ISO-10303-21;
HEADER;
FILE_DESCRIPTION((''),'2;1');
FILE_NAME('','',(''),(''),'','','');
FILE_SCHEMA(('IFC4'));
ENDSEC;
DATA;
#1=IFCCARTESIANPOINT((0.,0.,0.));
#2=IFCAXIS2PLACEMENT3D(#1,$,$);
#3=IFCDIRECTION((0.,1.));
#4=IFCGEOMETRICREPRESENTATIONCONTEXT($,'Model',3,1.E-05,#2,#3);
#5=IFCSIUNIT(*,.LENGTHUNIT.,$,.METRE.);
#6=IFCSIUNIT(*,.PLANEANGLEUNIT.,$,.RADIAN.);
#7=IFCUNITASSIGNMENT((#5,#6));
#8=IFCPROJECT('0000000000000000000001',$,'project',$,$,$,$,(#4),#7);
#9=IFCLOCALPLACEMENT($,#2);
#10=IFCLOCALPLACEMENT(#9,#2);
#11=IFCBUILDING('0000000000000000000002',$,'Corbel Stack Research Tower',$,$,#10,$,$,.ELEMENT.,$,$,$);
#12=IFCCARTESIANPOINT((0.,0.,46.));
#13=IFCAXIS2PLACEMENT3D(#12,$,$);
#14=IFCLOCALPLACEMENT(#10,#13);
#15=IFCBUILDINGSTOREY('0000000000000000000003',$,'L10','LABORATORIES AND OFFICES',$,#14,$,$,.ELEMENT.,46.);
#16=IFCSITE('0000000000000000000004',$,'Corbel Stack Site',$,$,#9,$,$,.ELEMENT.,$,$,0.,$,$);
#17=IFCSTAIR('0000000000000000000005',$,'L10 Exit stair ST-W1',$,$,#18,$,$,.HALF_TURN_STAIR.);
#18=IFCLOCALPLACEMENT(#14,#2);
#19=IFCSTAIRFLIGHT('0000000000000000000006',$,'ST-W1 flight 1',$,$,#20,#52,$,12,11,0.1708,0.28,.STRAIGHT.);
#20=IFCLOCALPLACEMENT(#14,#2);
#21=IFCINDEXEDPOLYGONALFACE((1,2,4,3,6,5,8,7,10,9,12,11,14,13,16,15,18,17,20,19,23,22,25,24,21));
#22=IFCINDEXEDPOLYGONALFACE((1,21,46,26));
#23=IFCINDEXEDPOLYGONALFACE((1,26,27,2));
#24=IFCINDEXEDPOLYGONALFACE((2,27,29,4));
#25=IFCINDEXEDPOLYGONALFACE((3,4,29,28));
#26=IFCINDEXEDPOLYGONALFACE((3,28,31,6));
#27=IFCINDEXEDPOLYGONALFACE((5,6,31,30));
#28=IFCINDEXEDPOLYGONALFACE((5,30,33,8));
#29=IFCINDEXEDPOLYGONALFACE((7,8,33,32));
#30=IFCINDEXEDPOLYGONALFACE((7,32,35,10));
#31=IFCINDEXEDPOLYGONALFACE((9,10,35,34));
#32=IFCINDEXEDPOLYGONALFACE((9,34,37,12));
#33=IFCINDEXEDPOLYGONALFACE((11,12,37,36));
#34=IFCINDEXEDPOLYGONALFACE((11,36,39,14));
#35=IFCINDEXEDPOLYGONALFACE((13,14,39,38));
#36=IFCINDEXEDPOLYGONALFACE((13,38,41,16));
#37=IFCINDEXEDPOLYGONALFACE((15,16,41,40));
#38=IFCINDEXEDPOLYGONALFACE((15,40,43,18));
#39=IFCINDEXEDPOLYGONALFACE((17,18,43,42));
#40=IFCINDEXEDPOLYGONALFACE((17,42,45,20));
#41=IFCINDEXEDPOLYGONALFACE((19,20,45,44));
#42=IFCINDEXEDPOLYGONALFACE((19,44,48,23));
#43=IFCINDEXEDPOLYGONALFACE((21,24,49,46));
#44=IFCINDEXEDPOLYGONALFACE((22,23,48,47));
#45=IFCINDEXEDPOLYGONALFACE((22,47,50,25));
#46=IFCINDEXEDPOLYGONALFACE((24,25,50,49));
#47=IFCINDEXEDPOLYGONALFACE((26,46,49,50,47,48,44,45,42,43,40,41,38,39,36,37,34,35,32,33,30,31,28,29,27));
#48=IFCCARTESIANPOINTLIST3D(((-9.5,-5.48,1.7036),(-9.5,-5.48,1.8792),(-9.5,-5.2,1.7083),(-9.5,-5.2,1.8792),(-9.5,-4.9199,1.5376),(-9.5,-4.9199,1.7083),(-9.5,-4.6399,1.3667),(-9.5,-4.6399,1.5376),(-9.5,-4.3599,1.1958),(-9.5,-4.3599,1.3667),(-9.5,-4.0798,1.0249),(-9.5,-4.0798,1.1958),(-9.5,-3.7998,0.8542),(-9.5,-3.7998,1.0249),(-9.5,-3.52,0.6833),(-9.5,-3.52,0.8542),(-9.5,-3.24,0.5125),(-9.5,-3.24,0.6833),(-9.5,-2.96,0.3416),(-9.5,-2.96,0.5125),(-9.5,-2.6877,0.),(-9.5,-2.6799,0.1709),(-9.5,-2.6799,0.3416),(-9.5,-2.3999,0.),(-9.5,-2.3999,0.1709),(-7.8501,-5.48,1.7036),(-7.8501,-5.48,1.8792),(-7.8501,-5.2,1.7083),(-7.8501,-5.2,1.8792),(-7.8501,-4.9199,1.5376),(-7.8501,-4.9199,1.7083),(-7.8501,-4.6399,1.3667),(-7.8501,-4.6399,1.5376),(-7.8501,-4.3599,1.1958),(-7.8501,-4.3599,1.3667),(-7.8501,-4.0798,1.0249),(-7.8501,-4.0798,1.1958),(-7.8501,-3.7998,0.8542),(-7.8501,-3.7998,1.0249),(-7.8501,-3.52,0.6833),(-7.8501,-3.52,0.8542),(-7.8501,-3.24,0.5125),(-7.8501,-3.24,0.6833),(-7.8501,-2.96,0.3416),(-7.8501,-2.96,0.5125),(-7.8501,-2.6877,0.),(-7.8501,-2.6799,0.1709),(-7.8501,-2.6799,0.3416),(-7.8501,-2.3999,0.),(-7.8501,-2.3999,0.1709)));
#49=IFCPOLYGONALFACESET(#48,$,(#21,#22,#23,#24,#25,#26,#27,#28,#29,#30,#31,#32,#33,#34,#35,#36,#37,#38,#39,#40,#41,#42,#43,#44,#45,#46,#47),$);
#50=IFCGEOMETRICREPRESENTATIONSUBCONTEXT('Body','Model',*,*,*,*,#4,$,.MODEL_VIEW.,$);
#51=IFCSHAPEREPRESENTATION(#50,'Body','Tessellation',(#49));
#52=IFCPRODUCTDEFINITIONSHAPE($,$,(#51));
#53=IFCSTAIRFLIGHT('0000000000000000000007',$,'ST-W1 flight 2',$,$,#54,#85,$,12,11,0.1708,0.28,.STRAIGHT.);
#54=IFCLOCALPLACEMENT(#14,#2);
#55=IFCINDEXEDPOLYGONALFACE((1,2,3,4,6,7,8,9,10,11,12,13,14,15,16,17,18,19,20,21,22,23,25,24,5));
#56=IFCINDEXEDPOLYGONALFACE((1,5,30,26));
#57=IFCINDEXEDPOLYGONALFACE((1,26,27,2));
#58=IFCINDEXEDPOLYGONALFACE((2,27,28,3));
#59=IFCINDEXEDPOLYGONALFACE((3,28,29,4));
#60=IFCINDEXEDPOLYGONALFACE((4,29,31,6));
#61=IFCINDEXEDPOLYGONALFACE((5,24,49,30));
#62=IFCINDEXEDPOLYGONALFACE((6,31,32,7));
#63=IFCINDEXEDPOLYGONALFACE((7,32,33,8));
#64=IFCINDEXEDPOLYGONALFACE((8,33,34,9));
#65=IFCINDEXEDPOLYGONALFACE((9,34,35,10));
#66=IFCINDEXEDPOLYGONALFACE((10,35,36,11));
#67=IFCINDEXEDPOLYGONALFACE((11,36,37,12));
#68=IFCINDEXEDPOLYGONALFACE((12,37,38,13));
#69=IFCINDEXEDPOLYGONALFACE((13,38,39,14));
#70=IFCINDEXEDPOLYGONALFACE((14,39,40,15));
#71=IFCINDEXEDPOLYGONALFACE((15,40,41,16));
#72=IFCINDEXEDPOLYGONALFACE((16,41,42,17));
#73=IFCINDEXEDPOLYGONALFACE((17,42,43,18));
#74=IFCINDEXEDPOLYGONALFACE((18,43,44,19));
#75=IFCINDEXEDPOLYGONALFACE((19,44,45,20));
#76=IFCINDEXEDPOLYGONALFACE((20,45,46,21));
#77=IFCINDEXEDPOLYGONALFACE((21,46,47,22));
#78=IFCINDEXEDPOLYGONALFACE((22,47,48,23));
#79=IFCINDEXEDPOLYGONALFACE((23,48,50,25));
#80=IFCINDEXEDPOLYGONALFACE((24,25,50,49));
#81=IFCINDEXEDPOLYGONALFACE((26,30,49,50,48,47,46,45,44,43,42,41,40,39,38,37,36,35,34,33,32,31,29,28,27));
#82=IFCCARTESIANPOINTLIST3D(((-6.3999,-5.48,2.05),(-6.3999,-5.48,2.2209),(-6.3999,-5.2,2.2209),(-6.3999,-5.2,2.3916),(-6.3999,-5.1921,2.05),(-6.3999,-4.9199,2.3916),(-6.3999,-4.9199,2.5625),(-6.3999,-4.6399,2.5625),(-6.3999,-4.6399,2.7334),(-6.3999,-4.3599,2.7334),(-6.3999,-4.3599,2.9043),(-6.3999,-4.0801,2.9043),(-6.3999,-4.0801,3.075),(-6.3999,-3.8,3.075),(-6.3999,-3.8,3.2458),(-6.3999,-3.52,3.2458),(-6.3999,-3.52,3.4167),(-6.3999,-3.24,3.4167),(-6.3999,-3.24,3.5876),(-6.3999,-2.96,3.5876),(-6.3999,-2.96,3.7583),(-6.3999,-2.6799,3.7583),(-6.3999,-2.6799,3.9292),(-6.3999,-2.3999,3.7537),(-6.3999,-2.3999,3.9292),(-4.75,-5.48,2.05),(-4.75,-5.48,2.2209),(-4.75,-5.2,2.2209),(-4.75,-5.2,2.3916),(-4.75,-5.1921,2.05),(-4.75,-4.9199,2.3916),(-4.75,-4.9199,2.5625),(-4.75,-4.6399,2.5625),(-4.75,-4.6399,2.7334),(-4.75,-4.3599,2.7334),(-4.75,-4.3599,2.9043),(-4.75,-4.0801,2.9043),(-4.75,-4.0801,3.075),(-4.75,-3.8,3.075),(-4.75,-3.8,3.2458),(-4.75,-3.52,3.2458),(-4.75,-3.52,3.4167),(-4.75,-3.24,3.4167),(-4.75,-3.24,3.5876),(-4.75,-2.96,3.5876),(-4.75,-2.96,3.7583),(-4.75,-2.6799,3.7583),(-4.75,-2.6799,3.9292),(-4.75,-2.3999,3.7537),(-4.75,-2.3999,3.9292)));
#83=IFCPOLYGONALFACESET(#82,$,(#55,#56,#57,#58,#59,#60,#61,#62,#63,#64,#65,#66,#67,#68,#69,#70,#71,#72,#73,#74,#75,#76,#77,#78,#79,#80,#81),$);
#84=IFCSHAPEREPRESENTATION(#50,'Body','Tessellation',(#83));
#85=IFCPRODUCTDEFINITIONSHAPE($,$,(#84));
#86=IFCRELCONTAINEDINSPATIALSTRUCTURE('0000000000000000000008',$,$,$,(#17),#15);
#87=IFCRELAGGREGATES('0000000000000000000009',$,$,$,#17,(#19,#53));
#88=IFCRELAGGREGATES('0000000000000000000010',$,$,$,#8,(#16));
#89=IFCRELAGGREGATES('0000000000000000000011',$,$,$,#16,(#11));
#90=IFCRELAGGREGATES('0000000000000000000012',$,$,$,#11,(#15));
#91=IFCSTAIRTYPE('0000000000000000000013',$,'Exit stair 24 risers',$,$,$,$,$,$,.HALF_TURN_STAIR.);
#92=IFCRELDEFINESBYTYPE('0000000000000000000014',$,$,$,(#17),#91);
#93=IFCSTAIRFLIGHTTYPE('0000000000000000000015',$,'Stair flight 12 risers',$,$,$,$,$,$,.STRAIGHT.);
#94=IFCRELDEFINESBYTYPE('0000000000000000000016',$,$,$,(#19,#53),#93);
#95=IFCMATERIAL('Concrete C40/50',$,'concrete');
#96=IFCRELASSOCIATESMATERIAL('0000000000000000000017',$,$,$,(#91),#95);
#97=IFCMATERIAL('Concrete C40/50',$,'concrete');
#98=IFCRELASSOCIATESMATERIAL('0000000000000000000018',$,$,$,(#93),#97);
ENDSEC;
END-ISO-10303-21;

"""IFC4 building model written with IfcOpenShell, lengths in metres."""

from ifc_helpers import new_model, si_unit, direction, frame, origin, place, context, subcontext, project, spatial, polyline, outline, extrude, material, type_object, element, aggregate, save


model = new_model("IFC4")

# Units and contexts
model_context = context("Model", 3, precision=1e-05, world=origin(), true_north=direction((0.0, 1.0)))
body_context = subcontext(model_context, "Body", "Model", "MODEL_VIEW")
ifc_project = project(units=[si_unit("LENGTHUNIT", "METRE"), si_unit("PLANEANGLEUNIT", "RADIAN")], contexts=[model_context])

# Site, building, storey
site_placement = place(None, origin())
site = spatial("IfcSite", under=ifc_project, at=site_placement, Name="Corbel Stack Site", CompositionType="ELEMENT", RefElevation=0.0)
building_placement = place(site_placement, origin())
building = spatial("IfcBuilding", under=site, at=building_placement, Name="Corbel Stack Research Tower", CompositionType="ELEMENT")
storey_placement = place(building_placement, frame((0.0, 0.0, 46.0)))
storey = spatial("IfcBuildingStorey", under=building, at=storey_placement, Name="L10", Description="LABORATORIES AND OFFICES", CompositionType="ELEMENT", Elevation=46.0)

# Stair, stair flights
ifc_material_1 = material(Name="Concrete C40/50", Category="concrete")
stair_type = type_object("IfcStairType", Name="Exit stair 24 risers", PredefinedType="HALF_TURN_STAIR", material=ifc_material_1)
stair_placement = place(storey_placement, origin())
stair = element("IfcStair", 1, at=stair_placement, inside=storey, type_object=stair_type, Name="L10 Exit stair ST-W1", PredefinedType="HALF_TURN_STAIR")
ifc_material_2 = material(Name="Concrete C40/50", Category="concrete")
stair_flight_type = type_object("IfcStairFlightType", Name="Stair flight 12 risers", PredefinedType="STRAIGHT", material=ifc_material_2)
stair_flight_1_placement = place(storey_placement, frame((-8.675, -2.3999, 0.0), z_axis=(0.0, 0.0, 1.0), x_axis=(0.0, -1.0, 0.0)))
stair_flight_1 = element("IfcStairFlight", 2, at=stair_flight_1_placement, type_object=stair_flight_type, Name="ST-W1 flight 1", NumberOfRisers=12, NumberOfTreads=11, PredefinedType="STRAIGHT", RiserHeight=0.1708, TreadLength=0.28, context=body_context, shape_type="SweptSolid", body=[
    extrude(outline(polyline([(0.0, 0.0), (0.0, 0.1709), (0.28, 0.1709), (0.28, 0.3416), (0.5601, 0.3416), (0.5601, 0.5125), (0.8401, 0.5125), (0.8401, 0.6833), (1.1201, 0.6833), (1.1201, 0.8542), (1.3999, 0.8542), (1.3999, 1.0249), (1.6799, 1.0249), (1.6799, 1.1958), (1.96, 1.1958), (1.96, 1.3667), (2.24, 1.3667), (2.24, 1.5376), (2.52, 1.5376), (2.52, 1.7083), (2.8, 1.7083), (2.8, 1.8792), (3.0801, 1.8792), (3.0801, 2.05), (3.0801, 1.7036), (0.2878, 0.0), (0.0, 0.0)])), frame((0.0, 0.825, 0.0), z_axis=(0.0, -1.0, 0.0), x_axis=(1.0, 0.0, 0.0)), (0.0, 0.0, 1.0), 1.6499),
])
stair_flight_2_placement = place(storey_placement, frame((-5.575, -5.48, 2.05), z_axis=(0.0, 0.0, 1.0), x_axis=(0.0, 1.0, 0.0)))
stair_flight_2 = element("IfcStairFlight", 3, at=stair_flight_2_placement, type_object=stair_flight_type, Name="ST-W1 flight 2", NumberOfRisers=12, NumberOfTreads=11, PredefinedType="STRAIGHT", RiserHeight=0.1708, TreadLength=0.28, context=body_context, shape_type="SweptSolid", body=[
    extrude(outline(polyline([(0.0, 0.0), (0.0, 0.1709), (0.28, 0.1709), (0.28, 0.3416), (0.5601, 0.3416), (0.5601, 0.5125), (0.8401, 0.5125), (0.8401, 0.6833), (1.1201, 0.6833), (1.1201, 0.8542), (1.3999, 0.8542), (1.3999, 1.0249), (1.6799, 1.0249), (1.6799, 1.1958), (1.96, 1.1958), (1.96, 1.3667), (2.24, 1.3667), (2.24, 1.5376), (2.52, 1.5376), (2.52, 1.7083), (2.8, 1.7083), (2.8, 1.8792), (3.0801, 1.8792), (3.0801, 2.05), (3.0801, 1.7036), (0.2878, 0.0), (0.0, 0.0)])), frame((0.0, 0.825, 0.0), z_axis=(0.0, -1.0, 0.0), x_axis=(1.0, 0.0, 0.0)), (0.0, 0.0, 1.0), 1.6499),
])
aggregate(stair, [stair_flight_1, stair_flight_2])

save(model, "model.ifc")
